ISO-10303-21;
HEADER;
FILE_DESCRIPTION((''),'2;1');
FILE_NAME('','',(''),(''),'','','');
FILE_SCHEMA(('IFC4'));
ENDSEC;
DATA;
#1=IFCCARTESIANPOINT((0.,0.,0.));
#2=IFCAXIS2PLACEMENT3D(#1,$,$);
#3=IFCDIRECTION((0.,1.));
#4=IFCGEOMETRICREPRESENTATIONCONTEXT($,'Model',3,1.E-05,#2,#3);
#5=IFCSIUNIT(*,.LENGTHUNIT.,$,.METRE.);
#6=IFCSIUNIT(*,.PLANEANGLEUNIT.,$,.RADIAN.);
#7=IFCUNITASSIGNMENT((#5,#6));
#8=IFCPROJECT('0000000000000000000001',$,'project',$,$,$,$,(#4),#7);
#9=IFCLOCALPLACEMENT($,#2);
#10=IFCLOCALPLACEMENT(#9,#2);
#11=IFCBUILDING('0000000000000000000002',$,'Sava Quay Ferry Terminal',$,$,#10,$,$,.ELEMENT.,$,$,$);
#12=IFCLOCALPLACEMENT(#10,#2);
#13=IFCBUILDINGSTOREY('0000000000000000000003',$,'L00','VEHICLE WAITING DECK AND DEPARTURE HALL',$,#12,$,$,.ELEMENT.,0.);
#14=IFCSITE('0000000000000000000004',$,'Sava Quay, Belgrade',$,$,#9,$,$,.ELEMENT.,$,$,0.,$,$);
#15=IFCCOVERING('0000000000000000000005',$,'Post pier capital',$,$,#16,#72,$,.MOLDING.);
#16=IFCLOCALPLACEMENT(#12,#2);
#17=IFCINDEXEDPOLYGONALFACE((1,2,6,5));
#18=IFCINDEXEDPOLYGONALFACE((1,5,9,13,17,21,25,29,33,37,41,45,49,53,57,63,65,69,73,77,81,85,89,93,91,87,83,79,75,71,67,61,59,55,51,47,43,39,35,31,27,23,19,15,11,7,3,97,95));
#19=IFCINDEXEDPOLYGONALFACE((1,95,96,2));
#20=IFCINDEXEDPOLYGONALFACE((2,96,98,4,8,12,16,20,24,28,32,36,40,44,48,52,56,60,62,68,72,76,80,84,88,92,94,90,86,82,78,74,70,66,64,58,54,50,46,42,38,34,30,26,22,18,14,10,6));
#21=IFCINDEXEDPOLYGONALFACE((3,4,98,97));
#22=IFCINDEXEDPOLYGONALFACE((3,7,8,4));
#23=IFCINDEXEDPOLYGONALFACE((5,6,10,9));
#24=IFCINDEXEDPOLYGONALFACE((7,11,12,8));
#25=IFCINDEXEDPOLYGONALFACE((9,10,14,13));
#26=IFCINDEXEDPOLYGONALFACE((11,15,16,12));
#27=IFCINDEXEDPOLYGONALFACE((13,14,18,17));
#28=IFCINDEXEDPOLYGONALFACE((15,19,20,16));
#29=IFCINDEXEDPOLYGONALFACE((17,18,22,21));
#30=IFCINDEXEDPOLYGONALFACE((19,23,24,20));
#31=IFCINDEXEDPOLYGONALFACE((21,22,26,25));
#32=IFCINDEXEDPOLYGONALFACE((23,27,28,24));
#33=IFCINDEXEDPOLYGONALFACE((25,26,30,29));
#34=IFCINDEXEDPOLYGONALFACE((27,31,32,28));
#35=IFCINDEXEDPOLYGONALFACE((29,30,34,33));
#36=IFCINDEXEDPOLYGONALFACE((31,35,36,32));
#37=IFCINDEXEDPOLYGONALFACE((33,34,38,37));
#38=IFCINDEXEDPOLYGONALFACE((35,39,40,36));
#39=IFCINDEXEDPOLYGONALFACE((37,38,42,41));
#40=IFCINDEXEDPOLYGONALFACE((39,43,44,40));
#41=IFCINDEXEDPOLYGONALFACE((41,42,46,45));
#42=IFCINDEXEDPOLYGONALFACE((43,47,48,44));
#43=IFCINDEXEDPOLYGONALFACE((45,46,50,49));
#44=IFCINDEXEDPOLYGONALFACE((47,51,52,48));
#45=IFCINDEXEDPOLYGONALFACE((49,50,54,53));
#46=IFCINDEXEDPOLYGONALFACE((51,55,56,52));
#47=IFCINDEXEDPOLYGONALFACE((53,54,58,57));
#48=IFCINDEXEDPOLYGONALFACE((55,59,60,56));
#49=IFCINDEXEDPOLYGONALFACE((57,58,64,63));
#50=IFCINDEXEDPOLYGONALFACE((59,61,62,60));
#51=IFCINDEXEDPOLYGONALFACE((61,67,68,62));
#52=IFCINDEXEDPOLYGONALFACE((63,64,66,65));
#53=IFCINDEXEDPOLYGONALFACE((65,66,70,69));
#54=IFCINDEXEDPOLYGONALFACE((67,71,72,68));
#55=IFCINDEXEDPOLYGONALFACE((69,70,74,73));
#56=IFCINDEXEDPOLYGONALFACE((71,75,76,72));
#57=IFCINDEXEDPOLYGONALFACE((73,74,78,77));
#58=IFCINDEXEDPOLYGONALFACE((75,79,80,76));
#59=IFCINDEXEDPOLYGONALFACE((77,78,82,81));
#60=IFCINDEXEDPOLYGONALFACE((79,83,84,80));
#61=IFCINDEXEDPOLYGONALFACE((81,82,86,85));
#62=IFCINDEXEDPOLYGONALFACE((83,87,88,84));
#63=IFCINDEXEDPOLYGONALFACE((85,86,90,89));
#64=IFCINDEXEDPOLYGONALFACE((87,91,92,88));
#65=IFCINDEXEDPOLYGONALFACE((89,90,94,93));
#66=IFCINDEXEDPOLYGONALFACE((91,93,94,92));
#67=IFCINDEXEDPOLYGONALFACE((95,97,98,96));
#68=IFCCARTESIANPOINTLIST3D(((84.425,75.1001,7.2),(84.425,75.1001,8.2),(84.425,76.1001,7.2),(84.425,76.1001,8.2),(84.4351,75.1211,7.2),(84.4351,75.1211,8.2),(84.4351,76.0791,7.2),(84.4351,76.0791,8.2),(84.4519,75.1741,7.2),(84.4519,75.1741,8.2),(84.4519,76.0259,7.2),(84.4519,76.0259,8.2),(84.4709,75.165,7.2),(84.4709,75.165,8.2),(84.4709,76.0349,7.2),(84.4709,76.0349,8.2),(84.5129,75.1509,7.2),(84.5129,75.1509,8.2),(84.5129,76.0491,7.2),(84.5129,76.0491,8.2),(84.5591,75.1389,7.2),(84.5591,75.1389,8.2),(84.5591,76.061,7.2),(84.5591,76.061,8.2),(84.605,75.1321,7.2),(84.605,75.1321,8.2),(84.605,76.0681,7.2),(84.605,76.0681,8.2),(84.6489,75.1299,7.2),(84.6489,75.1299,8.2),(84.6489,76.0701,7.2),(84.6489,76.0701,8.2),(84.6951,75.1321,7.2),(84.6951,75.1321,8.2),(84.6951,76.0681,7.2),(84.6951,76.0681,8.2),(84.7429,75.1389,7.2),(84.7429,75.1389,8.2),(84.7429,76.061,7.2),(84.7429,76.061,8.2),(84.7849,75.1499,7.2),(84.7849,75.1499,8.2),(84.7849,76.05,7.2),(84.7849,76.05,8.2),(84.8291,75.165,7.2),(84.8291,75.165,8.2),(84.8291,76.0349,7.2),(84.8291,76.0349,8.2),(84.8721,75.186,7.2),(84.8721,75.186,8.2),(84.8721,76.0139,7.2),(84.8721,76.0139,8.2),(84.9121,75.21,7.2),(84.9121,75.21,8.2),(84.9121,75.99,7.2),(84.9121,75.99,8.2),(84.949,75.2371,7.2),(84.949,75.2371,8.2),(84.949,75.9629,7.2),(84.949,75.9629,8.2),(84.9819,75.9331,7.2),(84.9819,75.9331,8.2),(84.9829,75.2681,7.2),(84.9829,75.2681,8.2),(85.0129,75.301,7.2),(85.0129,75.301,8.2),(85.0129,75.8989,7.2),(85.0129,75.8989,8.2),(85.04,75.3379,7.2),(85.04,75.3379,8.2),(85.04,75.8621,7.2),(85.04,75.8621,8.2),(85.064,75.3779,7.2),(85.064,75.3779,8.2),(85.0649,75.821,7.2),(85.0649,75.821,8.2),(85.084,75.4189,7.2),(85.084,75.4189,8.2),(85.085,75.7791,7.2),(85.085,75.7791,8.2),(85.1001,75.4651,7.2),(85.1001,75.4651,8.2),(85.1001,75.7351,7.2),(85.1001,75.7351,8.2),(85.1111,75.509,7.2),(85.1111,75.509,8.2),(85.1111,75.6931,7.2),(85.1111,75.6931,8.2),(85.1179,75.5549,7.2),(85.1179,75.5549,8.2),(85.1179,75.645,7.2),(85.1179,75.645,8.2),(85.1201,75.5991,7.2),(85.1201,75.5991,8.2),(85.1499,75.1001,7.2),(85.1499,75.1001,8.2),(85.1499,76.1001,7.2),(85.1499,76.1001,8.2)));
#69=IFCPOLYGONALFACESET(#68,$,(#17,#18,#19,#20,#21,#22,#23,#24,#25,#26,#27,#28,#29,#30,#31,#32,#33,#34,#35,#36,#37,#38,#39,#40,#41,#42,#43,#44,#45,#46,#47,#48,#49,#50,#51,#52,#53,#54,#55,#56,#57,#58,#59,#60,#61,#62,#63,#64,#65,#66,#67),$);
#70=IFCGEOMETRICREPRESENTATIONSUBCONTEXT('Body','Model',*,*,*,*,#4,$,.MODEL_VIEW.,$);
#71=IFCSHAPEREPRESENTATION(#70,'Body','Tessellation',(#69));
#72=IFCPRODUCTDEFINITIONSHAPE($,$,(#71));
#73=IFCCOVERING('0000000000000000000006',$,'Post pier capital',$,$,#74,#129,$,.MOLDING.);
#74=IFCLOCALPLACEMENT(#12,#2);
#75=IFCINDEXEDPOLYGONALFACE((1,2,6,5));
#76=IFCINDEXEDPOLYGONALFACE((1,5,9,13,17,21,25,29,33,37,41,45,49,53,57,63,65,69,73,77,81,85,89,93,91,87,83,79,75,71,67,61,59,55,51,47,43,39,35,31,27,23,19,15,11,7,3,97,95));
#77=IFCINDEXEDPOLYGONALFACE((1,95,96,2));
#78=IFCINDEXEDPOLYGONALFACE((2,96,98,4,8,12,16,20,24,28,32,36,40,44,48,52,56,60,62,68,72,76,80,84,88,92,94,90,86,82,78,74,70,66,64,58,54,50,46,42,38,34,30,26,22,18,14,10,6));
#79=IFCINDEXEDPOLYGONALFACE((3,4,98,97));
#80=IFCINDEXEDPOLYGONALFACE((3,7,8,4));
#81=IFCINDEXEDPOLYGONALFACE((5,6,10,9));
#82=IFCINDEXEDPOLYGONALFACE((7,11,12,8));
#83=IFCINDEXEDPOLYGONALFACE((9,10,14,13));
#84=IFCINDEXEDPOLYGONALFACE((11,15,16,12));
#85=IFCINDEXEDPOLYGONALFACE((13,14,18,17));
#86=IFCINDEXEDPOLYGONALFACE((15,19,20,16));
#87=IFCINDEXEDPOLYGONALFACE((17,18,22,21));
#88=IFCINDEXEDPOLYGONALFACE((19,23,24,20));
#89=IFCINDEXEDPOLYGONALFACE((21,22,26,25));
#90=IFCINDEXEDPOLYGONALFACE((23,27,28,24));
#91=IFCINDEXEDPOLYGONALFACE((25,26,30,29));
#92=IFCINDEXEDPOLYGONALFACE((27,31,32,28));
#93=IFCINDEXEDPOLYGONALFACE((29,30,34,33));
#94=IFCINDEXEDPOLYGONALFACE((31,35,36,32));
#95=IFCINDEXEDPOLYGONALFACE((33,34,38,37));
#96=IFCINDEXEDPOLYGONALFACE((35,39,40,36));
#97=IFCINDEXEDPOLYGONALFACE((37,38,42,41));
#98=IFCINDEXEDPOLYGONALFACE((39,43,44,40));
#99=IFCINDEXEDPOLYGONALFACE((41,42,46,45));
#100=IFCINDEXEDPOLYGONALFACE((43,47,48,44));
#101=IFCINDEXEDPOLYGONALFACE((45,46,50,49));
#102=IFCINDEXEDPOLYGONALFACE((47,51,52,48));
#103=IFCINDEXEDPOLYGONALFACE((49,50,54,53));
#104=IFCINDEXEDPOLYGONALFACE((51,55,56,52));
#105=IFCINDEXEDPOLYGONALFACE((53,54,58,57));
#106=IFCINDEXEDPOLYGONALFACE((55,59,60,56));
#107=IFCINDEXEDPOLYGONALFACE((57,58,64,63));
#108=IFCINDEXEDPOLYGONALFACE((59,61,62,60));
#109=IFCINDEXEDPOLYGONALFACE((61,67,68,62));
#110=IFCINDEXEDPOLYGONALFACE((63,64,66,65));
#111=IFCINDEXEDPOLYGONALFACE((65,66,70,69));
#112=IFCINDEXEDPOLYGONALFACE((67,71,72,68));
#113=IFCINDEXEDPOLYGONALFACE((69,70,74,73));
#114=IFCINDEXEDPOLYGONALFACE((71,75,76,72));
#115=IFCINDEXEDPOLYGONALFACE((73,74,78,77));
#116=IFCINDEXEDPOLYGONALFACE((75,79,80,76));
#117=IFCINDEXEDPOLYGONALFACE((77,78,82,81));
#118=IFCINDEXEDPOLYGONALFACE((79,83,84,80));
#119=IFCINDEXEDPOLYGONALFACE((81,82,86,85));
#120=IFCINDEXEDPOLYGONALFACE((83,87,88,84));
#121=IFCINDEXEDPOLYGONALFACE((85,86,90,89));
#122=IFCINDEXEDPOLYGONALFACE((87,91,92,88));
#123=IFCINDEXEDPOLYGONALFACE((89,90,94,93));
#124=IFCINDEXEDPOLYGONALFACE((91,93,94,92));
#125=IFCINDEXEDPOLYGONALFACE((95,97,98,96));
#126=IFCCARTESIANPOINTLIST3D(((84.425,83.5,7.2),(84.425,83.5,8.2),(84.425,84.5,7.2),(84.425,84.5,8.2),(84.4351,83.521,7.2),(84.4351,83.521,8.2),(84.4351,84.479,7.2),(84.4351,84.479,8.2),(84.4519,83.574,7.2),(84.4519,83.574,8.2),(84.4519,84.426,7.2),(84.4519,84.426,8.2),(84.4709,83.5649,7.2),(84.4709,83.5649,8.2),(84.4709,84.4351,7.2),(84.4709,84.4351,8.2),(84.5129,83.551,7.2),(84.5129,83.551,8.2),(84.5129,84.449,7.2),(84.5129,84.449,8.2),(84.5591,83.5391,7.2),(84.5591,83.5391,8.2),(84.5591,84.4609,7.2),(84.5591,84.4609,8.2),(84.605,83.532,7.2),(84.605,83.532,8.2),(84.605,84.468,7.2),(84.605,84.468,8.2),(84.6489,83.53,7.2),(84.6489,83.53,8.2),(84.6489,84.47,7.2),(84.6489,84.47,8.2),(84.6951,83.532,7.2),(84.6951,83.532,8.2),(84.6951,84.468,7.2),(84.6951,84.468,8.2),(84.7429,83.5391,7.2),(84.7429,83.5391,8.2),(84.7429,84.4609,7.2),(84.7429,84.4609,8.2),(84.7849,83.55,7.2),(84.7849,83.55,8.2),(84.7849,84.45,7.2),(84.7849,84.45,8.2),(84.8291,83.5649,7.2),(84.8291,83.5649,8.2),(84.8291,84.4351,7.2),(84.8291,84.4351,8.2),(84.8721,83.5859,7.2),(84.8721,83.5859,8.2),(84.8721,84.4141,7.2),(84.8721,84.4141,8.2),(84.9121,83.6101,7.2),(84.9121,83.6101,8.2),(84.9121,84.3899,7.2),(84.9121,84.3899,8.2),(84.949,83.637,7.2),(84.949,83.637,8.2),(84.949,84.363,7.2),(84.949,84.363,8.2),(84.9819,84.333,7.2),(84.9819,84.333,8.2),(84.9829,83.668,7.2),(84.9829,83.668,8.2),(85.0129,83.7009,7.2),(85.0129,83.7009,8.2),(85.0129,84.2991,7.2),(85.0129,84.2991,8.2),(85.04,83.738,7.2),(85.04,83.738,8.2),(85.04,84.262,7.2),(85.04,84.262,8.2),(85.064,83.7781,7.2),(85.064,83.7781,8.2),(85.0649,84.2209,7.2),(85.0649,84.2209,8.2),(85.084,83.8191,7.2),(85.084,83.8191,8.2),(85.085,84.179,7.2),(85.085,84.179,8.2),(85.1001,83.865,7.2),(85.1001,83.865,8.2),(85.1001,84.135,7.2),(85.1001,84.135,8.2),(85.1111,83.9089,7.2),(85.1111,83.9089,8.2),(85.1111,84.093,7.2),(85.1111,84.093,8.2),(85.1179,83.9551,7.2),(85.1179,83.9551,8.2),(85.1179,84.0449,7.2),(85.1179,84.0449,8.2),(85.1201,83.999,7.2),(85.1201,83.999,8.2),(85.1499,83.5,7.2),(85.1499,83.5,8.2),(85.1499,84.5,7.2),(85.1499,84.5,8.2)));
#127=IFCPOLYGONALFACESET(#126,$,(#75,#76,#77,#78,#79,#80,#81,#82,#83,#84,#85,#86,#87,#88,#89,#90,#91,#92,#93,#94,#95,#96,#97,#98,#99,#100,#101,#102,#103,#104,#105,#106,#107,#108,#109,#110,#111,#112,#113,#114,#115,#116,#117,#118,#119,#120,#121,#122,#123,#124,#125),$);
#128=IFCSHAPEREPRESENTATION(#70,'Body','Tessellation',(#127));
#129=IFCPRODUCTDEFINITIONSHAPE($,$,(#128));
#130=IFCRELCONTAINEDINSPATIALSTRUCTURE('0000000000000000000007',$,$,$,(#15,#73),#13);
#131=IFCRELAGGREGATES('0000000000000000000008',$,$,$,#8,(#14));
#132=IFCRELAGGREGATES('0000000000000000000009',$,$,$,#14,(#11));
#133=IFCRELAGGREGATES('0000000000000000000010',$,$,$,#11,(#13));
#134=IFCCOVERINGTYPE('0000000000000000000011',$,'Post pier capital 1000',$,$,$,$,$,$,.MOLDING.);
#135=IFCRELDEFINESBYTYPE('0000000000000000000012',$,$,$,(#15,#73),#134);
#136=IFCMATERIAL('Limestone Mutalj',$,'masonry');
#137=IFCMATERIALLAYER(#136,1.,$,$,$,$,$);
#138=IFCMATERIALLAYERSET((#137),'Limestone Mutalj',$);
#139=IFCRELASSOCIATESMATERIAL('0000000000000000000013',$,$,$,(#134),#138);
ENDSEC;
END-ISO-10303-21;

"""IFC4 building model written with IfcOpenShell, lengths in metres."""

from ifc_helpers import new_model, si_unit, direction, frame, origin, place, context, subcontext, project, spatial, polyline, outline, extrude, material, layer, layer_set, type_object, element, save


model = new_model("IFC4")

# Units and contexts
model_context = context("Model", 3, precision=1e-05, world=origin(), true_north=direction((0.0, 1.0)))
body_context = subcontext(model_context, "Body", "Model", "MODEL_VIEW")
ifc_project = project(units=[si_unit("LENGTHUNIT", "METRE"), si_unit("PLANEANGLEUNIT", "RADIAN")], contexts=[model_context])

# Site, building, storey
site_placement = place(None, origin())
site = spatial("IfcSite", under=ifc_project, at=site_placement, Name="Sava Quay, Belgrade", CompositionType="ELEMENT", RefElevation=0.0)
building_placement = place(site_placement, origin())
building = spatial("IfcBuilding", under=site, at=building_placement, Name="Sava Quay Ferry Terminal", CompositionType="ELEMENT")
storey_placement = place(building_placement, origin())
storey = spatial("IfcBuildingStorey", under=building, at=storey_placement, Name="L00", Description="VEHICLE WAITING DECK AND DEPARTURE HALL", CompositionType="ELEMENT", Elevation=0.0)

# Coverings
ifc_material_1 = material(Name="Limestone Mutalj", Category="masonry")
ifc_layer_1 = layer(ifc_material_1, 1.0)
ifc_layer_set_1 = layer_set([ifc_layer_1], Name="Limestone Mutalj")
covering_type_1 = type_object("IfcCoveringType", Name="Post pier capital 1000", PredefinedType="MOLDING", material=ifc_layer_set_1)
covering_1_placement = place(storey_placement, frame((0.0, 0.0, 7.2)))
element("IfcCovering", 1, at=covering_1_placement, inside=storey, type_object=covering_type_1, Name="Post pier capital", PredefinedType="MOLDING", context=body_context, shape_type="SweptSolid", body=[
    extrude(outline(polyline([(85.1499, 75.1001), (85.1499, 76.1001), (84.425, 76.1001), (84.4351, 76.0791), (84.4519, 76.0259), (84.4709, 76.0349), (84.5129, 76.0491), (84.5591, 76.061), (84.605, 76.0681), (84.6489, 76.0701), (84.6951, 76.0681), (84.7429, 76.061), (84.7849, 76.05), (84.8291, 76.0349), (84.8721, 76.0139), (84.9121, 75.99), (84.949, 75.9629), (84.9819, 75.9331), (85.0129, 75.8989), (85.04, 75.8621), (85.0649, 75.821), (85.085, 75.7791), (85.1001, 75.7351), (85.1111, 75.6931), (85.1179, 75.645), (85.1201, 75.5991), (85.1179, 75.5549), (85.1111, 75.509), (85.1001, 75.4651), (85.084, 75.4189), (85.064, 75.3779), (85.04, 75.3379), (85.0129, 75.301), (84.9829, 75.2681), (84.949, 75.2371), (84.9121, 75.21), (84.8721, 75.186), (84.8291, 75.165), (84.7849, 75.1499), (84.7429, 75.1389), (84.6951, 75.1321), (84.6489, 75.1299), (84.605, 75.1321), (84.5591, 75.1389), (84.5129, 75.1509), (84.4709, 75.165), (84.4519, 75.1741), (84.4351, 75.1211), (84.425, 75.1001), (85.1499, 75.1001)])), origin(), (0.0, 0.0, 1.0), 1.0),
])
covering_2_placement = place(storey_placement, frame((0.0, 0.0, 7.2)))
element("IfcCovering", 2, at=covering_2_placement, inside=storey, type_object=covering_type_1, Name="Post pier capital", PredefinedType="MOLDING", context=body_context, shape_type="SweptSolid", body=[
    extrude(outline(polyline([(85.1499, 83.5), (85.1499, 84.5), (84.425, 84.5), (84.4351, 84.479), (84.4519, 84.426), (84.4709, 84.4351), (84.5129, 84.449), (84.5591, 84.4609), (84.605, 84.468), (84.6489, 84.47), (84.6951, 84.468), (84.7429, 84.4609), (84.7849, 84.45), (84.8291, 84.4351), (84.8721, 84.4141), (84.9121, 84.3899), (84.949, 84.363), (84.9819, 84.333), (85.0129, 84.2991), (85.04, 84.262), (85.0649, 84.2209), (85.085, 84.179), (85.1001, 84.135), (85.1111, 84.093), (85.1179, 84.0449), (85.1201, 83.999), (85.1179, 83.9551), (85.1111, 83.9089), (85.1001, 83.865), (85.084, 83.8191), (85.064, 83.7781), (85.04, 83.738), (85.0129, 83.7009), (84.9829, 83.668), (84.949, 83.637), (84.9121, 83.6101), (84.8721, 83.5859), (84.8291, 83.5649), (84.7849, 83.55), (84.7429, 83.5391), (84.6951, 83.532), (84.6489, 83.53), (84.605, 83.532), (84.5591, 83.5391), (84.5129, 83.551), (84.4709, 83.5649), (84.4519, 83.574), (84.4351, 83.521), (84.425, 83.5), (85.1499, 83.5)])), origin(), (0.0, 0.0, 1.0), 1.0),
])

save(model, "model.ifc")
